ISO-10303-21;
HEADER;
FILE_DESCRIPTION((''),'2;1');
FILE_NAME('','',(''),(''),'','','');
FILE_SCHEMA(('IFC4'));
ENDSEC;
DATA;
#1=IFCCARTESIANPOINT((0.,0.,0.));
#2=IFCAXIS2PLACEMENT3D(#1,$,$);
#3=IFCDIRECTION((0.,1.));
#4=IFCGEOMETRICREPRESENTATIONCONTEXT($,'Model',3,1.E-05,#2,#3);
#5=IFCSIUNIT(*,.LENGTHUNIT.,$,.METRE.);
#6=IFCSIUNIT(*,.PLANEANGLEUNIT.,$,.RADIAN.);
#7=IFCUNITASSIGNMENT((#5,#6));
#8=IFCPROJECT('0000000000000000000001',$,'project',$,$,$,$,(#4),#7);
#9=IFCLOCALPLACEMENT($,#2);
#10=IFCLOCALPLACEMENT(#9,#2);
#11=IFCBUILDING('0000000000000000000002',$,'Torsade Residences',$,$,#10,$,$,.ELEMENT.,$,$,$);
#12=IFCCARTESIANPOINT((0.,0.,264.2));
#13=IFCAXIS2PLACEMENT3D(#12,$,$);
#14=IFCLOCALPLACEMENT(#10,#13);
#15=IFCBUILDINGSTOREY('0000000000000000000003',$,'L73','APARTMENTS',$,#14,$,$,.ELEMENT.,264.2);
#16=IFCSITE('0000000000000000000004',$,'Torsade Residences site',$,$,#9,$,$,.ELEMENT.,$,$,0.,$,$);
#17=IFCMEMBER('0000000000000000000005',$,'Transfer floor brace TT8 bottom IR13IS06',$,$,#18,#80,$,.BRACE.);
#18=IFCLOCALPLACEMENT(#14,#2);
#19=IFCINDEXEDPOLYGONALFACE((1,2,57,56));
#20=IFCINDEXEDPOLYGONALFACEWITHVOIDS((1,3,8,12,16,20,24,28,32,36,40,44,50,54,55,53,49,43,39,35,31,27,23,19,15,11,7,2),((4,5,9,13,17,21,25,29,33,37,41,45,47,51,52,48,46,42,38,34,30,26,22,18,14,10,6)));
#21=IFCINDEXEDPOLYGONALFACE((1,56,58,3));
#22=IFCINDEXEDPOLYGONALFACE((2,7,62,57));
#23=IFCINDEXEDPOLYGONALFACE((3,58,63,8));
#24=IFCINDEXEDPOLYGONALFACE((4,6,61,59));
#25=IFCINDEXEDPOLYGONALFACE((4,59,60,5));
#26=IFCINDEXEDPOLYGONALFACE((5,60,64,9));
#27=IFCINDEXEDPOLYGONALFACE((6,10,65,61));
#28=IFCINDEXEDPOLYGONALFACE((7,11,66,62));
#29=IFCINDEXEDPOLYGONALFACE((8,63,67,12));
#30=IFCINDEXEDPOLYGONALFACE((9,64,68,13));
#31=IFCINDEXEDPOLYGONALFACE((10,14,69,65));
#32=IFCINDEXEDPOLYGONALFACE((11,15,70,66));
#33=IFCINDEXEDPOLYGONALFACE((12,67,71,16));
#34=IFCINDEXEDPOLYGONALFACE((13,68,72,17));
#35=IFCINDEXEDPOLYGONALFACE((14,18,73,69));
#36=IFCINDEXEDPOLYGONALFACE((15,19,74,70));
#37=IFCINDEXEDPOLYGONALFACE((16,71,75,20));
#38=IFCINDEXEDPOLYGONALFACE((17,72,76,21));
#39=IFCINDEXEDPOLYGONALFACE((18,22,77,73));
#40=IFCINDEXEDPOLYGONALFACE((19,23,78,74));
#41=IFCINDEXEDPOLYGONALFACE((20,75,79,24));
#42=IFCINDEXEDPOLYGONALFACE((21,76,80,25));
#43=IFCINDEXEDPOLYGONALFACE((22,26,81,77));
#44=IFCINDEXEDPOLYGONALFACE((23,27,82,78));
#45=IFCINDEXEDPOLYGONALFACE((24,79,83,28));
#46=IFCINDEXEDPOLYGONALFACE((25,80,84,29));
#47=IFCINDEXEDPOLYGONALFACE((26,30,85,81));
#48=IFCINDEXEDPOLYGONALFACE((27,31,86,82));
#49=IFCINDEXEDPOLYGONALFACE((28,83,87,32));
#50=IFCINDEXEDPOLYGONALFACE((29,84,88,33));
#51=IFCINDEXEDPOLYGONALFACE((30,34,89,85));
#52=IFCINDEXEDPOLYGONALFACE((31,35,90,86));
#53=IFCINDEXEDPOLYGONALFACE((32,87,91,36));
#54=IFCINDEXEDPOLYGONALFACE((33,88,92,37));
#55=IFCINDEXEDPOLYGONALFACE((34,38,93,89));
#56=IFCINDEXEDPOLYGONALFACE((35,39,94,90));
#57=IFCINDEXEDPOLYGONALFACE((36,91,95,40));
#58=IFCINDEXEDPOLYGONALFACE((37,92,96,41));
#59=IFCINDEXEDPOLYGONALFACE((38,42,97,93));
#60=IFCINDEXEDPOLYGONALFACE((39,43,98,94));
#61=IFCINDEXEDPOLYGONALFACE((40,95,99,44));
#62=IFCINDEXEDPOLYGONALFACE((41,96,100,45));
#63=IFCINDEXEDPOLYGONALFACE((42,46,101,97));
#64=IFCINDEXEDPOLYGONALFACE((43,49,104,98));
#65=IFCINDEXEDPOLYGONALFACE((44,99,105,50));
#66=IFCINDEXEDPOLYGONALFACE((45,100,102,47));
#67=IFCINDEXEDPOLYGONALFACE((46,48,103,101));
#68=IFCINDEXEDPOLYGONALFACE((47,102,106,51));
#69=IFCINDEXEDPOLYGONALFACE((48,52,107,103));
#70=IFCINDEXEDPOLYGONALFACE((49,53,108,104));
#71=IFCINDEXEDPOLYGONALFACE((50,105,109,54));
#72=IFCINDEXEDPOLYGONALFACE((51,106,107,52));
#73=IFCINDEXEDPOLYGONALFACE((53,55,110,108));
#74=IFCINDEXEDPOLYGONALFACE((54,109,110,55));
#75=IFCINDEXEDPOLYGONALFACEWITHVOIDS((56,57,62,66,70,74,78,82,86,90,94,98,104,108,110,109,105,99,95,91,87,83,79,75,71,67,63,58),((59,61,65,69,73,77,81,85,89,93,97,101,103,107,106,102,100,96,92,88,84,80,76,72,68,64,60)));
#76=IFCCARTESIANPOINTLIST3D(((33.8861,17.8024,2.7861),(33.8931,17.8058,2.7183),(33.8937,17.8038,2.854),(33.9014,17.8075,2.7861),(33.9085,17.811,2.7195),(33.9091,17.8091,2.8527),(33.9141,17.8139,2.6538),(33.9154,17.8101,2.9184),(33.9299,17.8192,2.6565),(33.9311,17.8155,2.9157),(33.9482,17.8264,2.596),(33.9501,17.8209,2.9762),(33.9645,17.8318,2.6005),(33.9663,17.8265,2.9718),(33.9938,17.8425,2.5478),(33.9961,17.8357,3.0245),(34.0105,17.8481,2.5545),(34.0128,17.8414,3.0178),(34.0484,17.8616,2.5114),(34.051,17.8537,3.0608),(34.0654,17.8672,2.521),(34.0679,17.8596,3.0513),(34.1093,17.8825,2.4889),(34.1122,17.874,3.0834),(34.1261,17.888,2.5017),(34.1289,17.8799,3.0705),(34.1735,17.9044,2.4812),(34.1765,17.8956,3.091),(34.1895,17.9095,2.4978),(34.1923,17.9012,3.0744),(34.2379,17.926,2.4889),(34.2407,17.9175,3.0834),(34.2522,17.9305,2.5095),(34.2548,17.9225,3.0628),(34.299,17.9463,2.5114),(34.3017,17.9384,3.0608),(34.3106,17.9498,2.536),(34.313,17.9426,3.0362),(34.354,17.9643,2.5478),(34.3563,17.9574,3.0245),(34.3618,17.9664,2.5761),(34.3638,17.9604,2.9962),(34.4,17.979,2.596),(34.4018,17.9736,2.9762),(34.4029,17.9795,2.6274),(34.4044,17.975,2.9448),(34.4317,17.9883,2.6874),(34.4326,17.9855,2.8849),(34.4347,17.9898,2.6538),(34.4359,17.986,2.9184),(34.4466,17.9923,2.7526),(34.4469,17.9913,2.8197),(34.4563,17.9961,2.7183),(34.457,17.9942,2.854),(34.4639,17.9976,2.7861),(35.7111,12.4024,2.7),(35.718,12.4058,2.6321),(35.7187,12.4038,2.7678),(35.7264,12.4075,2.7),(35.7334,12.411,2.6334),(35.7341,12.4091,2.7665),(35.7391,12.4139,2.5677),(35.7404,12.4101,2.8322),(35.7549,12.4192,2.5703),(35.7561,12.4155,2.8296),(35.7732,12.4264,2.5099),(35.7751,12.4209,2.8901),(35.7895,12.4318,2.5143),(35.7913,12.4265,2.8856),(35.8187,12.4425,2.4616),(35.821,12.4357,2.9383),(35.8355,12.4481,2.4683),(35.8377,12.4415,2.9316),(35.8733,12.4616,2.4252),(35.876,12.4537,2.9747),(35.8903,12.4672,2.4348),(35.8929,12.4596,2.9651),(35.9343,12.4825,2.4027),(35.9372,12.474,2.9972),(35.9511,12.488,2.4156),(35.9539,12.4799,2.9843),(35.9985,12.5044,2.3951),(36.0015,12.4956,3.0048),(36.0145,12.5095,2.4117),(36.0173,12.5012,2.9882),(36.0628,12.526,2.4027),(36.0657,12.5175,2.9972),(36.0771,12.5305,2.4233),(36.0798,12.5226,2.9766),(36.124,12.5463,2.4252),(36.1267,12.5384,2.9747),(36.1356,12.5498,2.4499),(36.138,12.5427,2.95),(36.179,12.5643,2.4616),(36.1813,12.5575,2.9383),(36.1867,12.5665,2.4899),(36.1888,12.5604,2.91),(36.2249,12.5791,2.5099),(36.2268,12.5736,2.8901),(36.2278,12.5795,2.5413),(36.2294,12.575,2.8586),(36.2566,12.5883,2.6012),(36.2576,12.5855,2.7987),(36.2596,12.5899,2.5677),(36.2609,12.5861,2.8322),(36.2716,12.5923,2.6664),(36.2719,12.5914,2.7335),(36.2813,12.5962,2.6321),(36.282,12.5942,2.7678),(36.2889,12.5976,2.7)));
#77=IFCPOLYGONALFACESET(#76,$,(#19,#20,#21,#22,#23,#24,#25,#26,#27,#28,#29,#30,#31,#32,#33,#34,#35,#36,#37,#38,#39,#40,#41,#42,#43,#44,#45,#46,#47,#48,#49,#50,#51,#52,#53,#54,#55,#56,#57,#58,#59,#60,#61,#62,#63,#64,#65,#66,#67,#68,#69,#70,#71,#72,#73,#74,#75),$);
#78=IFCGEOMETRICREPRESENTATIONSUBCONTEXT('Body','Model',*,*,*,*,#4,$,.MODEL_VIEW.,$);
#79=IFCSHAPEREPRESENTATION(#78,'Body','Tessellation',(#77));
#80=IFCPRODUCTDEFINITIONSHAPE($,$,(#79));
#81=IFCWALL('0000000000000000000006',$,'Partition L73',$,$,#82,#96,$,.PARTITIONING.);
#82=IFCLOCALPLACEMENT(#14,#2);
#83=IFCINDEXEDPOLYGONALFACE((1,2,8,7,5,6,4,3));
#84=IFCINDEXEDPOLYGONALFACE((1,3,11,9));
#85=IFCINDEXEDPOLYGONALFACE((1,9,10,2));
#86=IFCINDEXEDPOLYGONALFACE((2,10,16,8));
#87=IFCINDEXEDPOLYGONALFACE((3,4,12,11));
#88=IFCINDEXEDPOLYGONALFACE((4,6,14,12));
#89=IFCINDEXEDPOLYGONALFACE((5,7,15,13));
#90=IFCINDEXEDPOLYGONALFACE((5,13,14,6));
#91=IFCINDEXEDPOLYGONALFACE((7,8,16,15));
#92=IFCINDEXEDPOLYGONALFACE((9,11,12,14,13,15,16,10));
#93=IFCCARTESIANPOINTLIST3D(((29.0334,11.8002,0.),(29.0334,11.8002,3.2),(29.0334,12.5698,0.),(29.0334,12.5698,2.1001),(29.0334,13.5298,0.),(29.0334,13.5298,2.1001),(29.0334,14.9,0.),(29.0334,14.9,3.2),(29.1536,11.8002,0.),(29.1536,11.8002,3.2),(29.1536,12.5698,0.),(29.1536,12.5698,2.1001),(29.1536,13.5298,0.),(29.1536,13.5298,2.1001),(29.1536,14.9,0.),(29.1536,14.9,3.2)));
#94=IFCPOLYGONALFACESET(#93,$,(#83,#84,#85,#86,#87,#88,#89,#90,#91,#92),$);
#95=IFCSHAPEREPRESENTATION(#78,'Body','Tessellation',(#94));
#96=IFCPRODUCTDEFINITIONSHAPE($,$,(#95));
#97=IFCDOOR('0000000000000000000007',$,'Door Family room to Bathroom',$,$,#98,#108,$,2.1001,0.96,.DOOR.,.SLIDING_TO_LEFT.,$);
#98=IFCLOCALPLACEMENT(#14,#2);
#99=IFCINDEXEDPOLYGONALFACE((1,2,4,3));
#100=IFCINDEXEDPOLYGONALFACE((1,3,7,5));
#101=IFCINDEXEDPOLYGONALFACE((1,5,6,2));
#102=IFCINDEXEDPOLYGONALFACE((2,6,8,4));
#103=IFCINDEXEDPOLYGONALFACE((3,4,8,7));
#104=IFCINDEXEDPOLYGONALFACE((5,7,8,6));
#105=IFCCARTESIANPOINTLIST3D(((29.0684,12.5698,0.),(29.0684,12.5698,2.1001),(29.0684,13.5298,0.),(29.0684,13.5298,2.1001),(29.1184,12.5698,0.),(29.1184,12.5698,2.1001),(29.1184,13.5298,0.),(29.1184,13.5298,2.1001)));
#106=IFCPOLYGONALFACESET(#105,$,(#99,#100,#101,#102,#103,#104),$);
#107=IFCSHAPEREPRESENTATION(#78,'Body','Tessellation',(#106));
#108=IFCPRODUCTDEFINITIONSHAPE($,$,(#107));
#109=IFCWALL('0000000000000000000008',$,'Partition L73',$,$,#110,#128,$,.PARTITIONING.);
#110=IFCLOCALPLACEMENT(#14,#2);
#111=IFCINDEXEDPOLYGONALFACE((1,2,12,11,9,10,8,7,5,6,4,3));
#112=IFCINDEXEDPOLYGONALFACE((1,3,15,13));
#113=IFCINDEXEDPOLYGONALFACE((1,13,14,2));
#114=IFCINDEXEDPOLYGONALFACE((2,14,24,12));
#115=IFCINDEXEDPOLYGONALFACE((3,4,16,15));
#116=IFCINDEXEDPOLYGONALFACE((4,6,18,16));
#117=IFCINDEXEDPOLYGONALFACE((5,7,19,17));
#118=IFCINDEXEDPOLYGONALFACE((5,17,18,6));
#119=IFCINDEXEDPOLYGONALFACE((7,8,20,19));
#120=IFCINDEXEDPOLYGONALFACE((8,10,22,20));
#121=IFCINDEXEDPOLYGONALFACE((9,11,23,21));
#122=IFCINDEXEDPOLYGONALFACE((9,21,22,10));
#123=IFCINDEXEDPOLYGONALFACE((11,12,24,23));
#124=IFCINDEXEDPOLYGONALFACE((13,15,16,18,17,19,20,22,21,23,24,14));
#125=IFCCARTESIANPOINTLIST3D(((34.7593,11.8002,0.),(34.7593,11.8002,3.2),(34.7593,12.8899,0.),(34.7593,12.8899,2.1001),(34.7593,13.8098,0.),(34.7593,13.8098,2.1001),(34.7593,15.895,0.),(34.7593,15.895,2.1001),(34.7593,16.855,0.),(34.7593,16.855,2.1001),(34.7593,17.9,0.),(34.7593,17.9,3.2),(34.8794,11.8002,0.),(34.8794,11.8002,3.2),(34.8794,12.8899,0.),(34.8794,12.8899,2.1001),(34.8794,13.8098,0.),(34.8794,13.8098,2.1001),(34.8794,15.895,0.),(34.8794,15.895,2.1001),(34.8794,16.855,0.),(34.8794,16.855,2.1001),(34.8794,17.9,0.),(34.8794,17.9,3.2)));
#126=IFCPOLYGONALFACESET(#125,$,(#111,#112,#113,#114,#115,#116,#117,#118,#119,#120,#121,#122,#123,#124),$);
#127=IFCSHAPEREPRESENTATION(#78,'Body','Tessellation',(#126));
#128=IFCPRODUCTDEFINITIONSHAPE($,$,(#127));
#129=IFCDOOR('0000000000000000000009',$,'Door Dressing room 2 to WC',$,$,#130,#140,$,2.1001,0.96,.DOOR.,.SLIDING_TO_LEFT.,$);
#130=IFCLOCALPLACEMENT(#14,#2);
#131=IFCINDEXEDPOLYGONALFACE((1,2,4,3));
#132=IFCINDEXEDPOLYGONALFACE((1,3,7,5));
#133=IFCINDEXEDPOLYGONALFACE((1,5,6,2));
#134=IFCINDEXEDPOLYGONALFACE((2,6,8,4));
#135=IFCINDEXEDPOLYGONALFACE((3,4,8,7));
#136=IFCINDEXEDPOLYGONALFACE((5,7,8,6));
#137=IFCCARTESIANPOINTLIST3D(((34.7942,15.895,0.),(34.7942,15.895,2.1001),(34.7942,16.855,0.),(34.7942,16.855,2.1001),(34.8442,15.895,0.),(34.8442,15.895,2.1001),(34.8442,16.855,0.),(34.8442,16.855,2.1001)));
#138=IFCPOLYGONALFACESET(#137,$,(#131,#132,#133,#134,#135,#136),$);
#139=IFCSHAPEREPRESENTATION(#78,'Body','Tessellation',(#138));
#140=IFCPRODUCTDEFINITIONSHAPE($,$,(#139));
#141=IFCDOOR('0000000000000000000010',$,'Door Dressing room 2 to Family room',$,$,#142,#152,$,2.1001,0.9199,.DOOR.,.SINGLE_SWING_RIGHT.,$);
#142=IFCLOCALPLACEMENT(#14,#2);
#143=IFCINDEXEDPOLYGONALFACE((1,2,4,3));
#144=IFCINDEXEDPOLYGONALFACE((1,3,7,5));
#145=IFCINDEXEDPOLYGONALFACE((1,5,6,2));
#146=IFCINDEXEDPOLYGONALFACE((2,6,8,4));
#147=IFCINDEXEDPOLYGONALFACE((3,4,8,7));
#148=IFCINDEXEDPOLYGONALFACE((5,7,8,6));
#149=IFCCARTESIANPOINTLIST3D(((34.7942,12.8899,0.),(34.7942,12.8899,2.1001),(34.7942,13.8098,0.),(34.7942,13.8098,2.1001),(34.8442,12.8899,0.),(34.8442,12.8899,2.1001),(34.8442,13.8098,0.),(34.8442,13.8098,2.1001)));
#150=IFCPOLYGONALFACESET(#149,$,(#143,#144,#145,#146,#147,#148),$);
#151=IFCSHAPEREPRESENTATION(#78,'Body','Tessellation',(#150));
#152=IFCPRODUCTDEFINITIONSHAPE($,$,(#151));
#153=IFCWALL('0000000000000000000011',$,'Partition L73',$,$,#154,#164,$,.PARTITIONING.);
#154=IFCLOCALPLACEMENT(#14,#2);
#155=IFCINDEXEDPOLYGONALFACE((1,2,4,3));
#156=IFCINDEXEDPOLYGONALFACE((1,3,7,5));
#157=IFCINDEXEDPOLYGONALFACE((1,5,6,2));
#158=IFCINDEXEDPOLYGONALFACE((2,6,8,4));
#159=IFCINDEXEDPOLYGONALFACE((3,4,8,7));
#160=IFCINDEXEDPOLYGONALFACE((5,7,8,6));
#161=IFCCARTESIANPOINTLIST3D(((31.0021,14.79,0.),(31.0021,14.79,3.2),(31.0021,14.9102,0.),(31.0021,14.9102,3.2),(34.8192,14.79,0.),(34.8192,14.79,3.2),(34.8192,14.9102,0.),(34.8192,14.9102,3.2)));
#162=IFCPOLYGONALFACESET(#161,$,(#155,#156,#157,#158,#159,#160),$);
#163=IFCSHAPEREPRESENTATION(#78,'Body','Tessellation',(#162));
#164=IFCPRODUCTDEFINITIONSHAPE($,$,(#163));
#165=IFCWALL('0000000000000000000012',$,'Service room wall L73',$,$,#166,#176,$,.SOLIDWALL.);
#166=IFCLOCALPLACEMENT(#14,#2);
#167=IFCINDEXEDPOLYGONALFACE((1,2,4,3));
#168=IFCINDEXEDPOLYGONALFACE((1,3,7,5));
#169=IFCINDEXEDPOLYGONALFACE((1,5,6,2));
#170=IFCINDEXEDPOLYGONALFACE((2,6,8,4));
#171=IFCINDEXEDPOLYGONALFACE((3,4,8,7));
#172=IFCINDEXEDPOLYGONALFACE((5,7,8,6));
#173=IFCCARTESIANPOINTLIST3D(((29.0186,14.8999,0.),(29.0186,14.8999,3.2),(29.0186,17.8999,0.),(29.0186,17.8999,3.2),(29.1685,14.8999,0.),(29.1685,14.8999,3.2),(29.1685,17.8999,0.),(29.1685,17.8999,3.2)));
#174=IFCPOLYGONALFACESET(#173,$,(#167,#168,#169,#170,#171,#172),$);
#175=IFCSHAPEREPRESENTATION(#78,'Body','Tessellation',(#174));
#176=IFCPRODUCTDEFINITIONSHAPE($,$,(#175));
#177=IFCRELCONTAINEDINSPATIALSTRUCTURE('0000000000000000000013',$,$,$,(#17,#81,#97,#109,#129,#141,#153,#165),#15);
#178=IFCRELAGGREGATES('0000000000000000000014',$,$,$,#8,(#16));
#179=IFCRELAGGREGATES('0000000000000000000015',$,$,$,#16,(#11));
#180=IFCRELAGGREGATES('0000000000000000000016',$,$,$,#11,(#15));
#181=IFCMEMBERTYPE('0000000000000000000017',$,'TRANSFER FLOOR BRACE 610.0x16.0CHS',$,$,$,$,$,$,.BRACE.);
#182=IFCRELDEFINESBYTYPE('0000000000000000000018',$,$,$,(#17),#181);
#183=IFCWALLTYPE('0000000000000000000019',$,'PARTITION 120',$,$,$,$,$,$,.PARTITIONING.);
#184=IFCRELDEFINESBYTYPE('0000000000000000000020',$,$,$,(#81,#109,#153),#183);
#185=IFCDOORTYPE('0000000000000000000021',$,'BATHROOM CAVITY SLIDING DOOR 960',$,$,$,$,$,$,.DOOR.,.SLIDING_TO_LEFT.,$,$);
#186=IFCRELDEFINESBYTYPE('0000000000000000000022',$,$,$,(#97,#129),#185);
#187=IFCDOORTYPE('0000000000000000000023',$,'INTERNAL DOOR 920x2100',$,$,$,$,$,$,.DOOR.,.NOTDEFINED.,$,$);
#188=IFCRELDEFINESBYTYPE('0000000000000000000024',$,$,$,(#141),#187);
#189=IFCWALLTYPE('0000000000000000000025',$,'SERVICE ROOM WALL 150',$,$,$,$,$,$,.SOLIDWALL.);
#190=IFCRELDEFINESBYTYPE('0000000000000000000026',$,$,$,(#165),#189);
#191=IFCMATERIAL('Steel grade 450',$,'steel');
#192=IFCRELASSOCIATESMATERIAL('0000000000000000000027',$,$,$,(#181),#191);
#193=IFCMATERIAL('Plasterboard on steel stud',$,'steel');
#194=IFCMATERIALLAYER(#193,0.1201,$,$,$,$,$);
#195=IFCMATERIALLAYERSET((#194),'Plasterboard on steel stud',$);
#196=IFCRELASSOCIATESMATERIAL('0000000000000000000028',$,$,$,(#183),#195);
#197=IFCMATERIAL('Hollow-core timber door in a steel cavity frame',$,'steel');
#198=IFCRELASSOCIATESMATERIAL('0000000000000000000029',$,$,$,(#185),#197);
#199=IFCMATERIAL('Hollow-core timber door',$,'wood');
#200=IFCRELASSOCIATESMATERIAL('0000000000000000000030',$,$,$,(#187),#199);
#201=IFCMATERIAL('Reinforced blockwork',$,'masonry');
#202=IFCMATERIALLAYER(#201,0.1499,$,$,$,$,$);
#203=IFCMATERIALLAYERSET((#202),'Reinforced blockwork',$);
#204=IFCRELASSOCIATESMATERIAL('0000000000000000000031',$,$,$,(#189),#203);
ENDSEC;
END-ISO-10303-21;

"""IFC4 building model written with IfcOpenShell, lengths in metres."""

from ifc_helpers import new_model, si_unit, direction, frame, frame_2d, origin, origin_2d, place, context, subcontext, project, spatial, rectangle, hollow_circle, extrude, material, layer, layer_set, material_profile, profile_set, type_object, element, fill, save


model = new_model("IFC4")

# Units and contexts
model_context = context("Model", 3, precision=1e-05, world=origin(), true_north=direction((0.0, 1.0)))
body_context = subcontext(model_context, "Body", "Model", "MODEL_VIEW")
ifc_project = project(units=[si_unit("LENGTHUNIT", "METRE"), si_unit("PLANEANGLEUNIT", "RADIAN")], contexts=[model_context])

# Site, building, storey
site_placement = place(None, origin())
site = spatial("IfcSite", under=ifc_project, at=site_placement, Name="Torsade Residences site", CompositionType="ELEMENT", RefElevation=0.0)
building_placement = place(site_placement, origin())
building = spatial("IfcBuilding", under=site, at=building_placement, Name="Torsade Residences", CompositionType="ELEMENT")
storey_placement = place(building_placement, frame((0.0, 0.0, 264.2)))
storey = spatial("IfcBuildingStorey", under=building, at=storey_placement, Name="L73", Description="APARTMENTS", CompositionType="ELEMENT", Elevation=264.2)

# Member
ifc_material_1 = material(Name="Steel grade 450", Category="steel")
ifc_material_profile_1 = material_profile(ifc_material_1, hollow_circle(Radius=0.3049, WallThickness=0.0161, at=origin_2d()), Name="610.0x16.0CHS")
ifc_profile_set_1 = profile_set([ifc_material_profile_1], Name="Steel grade 450")
member_type = type_object("IfcMemberType", Name="TRANSFER FLOOR BRACE 610.0x16.0CHS", PredefinedType="BRACE", material=ifc_profile_set_1)
member_1_placement = place(storey_placement, frame((36.0, 12.5, 2.7), z_axis=(-0.320133, 0.947252, 0.015118), x_axis=(-0.94736, -0.32017, 0.0)))
element("IfcMember", 1, at=member_1_placement, inside=storey, type_object=member_type, Name="Transfer floor brace TT8 bottom IR13IS06", PredefinedType="BRACE", context=body_context, shape_type="SweptSolid", body=[
    extrude(hollow_circle(Radius=0.3049, WallThickness=0.0161, at=origin_2d()), origin(), (0.0, 0.0, 1.0), 5.7007),
])

# Wall, opening, door
ifc_material_2 = material(Name="Plasterboard on steel stud", Category="steel")
ifc_layer_1 = layer(ifc_material_2, 0.1201)
ifc_layer_set_1 = layer_set([ifc_layer_1], Name="Plasterboard on steel stud")
wall_type_1 = type_object("IfcWallType", Name="PARTITION 120", PredefinedType="PARTITIONING", material=ifc_layer_set_1)
wall_1_placement = place(storey_placement, frame((29.0935, 14.8999, 0.0), z_axis=(0.0, 0.0, 1.0), x_axis=(0.0, -1.0, 0.0)))
wall_1 = element("IfcWall", 2, at=wall_1_placement, inside=storey, type_object=wall_type_1, Name="Partition L73", PredefinedType="PARTITIONING", context=body_context, shape_type="SweptSolid", body=[
    extrude(rectangle(XDim=3.0999, YDim=0.1201, at=frame_2d((1.5498, 0.0))), origin(), (0.0, 0.0, 1.0), 3.2),
])
opening_1_placement = place(wall_1_placement, frame((1.3701, 0.0, 0.0)))
opening_1 = element("IfcOpeningElement", 3, at=opening_1_placement, cuts=wall_1, PredefinedType="OPENING", context=body_context, shape_type="SweptSolid", body=[
    extrude(rectangle(XDim=0.96, YDim=2.1001, at=frame_2d((0.48, 1.05))), frame((0.0, 0.0701, 0.0), z_axis=(0.0, -1.0, 0.0), x_axis=(1.0, 0.0, 0.0)), (0.0, 0.0, 1.0), 0.1401),
])
ifc_material_3 = material(Name="Hollow-core timber door in a steel cavity frame", Category="steel")
door_type_1 = type_object("IfcDoorType", Name="BATHROOM CAVITY SLIDING DOOR 960", OperationType="SLIDING_TO_LEFT", PredefinedType="DOOR", material=ifc_material_3)
door_1_placement = place(opening_1_placement, origin())
door_1 = element("IfcDoor", 4, at=door_1_placement, inside=storey, type_object=door_type_1, Name="Door Family room to Bathroom", OperationType="SLIDING_TO_LEFT", OverallHeight=2.1001, OverallWidth=0.96, PredefinedType="DOOR", context=body_context, shape_type="SweptSolid", body=[
    extrude(rectangle(XDim=0.96, YDim=2.1001, at=frame_2d((0.48, 1.05))), frame((0.0, 0.0249, 0.0), z_axis=(0.0, -1.0, 0.0), x_axis=(1.0, 0.0, 0.0)), (0.0, 0.0, 1.0), 0.05),
])
fill(opening_1, door_1)

# Wall, openings, doors
wall_2_placement = place(storey_placement, frame((34.8193, 17.8999, 0.0), z_axis=(0.0, 0.0, 1.0), x_axis=(0.0, -1.0, 0.0)))
wall_2 = element("IfcWall", 5, at=wall_2_placement, inside=storey, type_object=wall_type_1, Name="Partition L73", PredefinedType="PARTITIONING", context=body_context, shape_type="SweptSolid", body=[
    extrude(rectangle(XDim=6.0999, YDim=0.1201, at=frame_2d((3.0498, 0.0))), origin(), (0.0, 0.0, 1.0), 3.2),
])
opening_2_placement = place(wall_2_placement, frame((4.0901, 0.0, 0.0)))
opening_2 = element("IfcOpeningElement", 6, at=opening_2_placement, cuts=wall_2, PredefinedType="OPENING", context=body_context, shape_type="SweptSolid", body=[
    extrude(rectangle(XDim=0.9199, YDim=2.1001, at=frame_2d((0.46, 1.05))), frame((0.0, 0.0701, 0.0), z_axis=(0.0, -1.0, 0.0), x_axis=(1.0, 0.0, 0.0)), (0.0, 0.0, 1.0), 0.1401),
])
opening_3_placement = place(wall_2_placement, frame((1.0449, 0.0, 0.0)))
opening_3 = element("IfcOpeningElement", 7, at=opening_3_placement, cuts=wall_2, PredefinedType="OPENING", context=body_context, shape_type="SweptSolid", body=[
    extrude(rectangle(XDim=0.96, YDim=2.1001, at=frame_2d((0.48, 1.05))), frame((0.0, 0.0701, 0.0), z_axis=(0.0, -1.0, 0.0), x_axis=(1.0, 0.0, 0.0)), (0.0, 0.0, 1.0), 0.1401),
])
door_2_placement = place(opening_3_placement, origin())
door_2 = element("IfcDoor", 8, at=door_2_placement, inside=storey, type_object=door_type_1, Name="Door Dressing room 2 to WC", OperationType="SLIDING_TO_LEFT", OverallHeight=2.1001, OverallWidth=0.96, PredefinedType="DOOR", context=body_context, shape_type="SweptSolid", body=[
    extrude(rectangle(XDim=0.96, YDim=2.1001, at=frame_2d((0.48, 1.05))), frame((0.0, 0.0249, 0.0), z_axis=(0.0, -1.0, 0.0), x_axis=(1.0, 0.0, 0.0)), (0.0, 0.0, 1.0), 0.05),
])
fill(opening_3, door_2)
ifc_material_4 = material(Name="Hollow-core timber door", Category="wood")
door_type_2 = type_object("IfcDoorType", Name="INTERNAL DOOR 920x2100", OperationType="NOTDEFINED", PredefinedType="DOOR", material=ifc_material_4)
door_3_placement = place(opening_2_placement, origin())
door_3 = element("IfcDoor", 9, at=door_3_placement, inside=storey, type_object=door_type_2, Name="Door Dressing room 2 to Family room", OperationType="SINGLE_SWING_RIGHT", OverallHeight=2.1001, OverallWidth=0.9199, PredefinedType="DOOR", context=body_context, shape_type="SweptSolid", body=[
    extrude(rectangle(XDim=0.9199, YDim=2.1001, at=frame_2d((0.46, 1.05))), frame((0.0, 0.0249, 0.0), z_axis=(0.0, -1.0, 0.0), x_axis=(1.0, 0.0, 0.0)), (0.0, 0.0, 1.0), 0.05),
])
fill(opening_2, door_3)

# Walls
wall_3_placement = place(storey_placement, frame((34.8193, 14.8501, 0.0), z_axis=(0.0, 0.0, 1.0), x_axis=(-1.0, 0.0, 0.0)))
element("IfcWall", 10, at=wall_3_placement, inside=storey, type_object=wall_type_1, Name="Partition L73", PredefinedType="PARTITIONING", context=body_context, shape_type="SweptSolid", body=[
    extrude(rectangle(XDim=3.8171, YDim=0.1201, at=frame_2d((1.9087, 0.0))), origin(), (0.0, 0.0, 1.0), 3.2),
])
ifc_material_5 = material(Name="Reinforced blockwork", Category="masonry")
ifc_layer_2 = layer(ifc_material_5, 0.1499)
ifc_layer_set_2 = layer_set([ifc_layer_2], Name="Reinforced blockwork")
wall_type_2 = type_object("IfcWallType", Name="SERVICE ROOM WALL 150", PredefinedType="SOLIDWALL", material=ifc_layer_set_2)
wall_4_placement = place(storey_placement, frame((29.0935, 17.8999, 0.0), z_axis=(0.0, 0.0, 1.0), x_axis=(0.0, -1.0, 0.0)))
element("IfcWall", 11, at=wall_4_placement, inside=storey, type_object=wall_type_2, Name="Service room wall L73", PredefinedType="SOLIDWALL", context=body_context, shape_type="SweptSolid", body=[
    extrude(rectangle(XDim=3.0, YDim=0.1499, at=frame_2d((1.5, 0.0))), origin(), (0.0, 0.0, 1.0), 3.2),
])

save(model, "model.ifc")
